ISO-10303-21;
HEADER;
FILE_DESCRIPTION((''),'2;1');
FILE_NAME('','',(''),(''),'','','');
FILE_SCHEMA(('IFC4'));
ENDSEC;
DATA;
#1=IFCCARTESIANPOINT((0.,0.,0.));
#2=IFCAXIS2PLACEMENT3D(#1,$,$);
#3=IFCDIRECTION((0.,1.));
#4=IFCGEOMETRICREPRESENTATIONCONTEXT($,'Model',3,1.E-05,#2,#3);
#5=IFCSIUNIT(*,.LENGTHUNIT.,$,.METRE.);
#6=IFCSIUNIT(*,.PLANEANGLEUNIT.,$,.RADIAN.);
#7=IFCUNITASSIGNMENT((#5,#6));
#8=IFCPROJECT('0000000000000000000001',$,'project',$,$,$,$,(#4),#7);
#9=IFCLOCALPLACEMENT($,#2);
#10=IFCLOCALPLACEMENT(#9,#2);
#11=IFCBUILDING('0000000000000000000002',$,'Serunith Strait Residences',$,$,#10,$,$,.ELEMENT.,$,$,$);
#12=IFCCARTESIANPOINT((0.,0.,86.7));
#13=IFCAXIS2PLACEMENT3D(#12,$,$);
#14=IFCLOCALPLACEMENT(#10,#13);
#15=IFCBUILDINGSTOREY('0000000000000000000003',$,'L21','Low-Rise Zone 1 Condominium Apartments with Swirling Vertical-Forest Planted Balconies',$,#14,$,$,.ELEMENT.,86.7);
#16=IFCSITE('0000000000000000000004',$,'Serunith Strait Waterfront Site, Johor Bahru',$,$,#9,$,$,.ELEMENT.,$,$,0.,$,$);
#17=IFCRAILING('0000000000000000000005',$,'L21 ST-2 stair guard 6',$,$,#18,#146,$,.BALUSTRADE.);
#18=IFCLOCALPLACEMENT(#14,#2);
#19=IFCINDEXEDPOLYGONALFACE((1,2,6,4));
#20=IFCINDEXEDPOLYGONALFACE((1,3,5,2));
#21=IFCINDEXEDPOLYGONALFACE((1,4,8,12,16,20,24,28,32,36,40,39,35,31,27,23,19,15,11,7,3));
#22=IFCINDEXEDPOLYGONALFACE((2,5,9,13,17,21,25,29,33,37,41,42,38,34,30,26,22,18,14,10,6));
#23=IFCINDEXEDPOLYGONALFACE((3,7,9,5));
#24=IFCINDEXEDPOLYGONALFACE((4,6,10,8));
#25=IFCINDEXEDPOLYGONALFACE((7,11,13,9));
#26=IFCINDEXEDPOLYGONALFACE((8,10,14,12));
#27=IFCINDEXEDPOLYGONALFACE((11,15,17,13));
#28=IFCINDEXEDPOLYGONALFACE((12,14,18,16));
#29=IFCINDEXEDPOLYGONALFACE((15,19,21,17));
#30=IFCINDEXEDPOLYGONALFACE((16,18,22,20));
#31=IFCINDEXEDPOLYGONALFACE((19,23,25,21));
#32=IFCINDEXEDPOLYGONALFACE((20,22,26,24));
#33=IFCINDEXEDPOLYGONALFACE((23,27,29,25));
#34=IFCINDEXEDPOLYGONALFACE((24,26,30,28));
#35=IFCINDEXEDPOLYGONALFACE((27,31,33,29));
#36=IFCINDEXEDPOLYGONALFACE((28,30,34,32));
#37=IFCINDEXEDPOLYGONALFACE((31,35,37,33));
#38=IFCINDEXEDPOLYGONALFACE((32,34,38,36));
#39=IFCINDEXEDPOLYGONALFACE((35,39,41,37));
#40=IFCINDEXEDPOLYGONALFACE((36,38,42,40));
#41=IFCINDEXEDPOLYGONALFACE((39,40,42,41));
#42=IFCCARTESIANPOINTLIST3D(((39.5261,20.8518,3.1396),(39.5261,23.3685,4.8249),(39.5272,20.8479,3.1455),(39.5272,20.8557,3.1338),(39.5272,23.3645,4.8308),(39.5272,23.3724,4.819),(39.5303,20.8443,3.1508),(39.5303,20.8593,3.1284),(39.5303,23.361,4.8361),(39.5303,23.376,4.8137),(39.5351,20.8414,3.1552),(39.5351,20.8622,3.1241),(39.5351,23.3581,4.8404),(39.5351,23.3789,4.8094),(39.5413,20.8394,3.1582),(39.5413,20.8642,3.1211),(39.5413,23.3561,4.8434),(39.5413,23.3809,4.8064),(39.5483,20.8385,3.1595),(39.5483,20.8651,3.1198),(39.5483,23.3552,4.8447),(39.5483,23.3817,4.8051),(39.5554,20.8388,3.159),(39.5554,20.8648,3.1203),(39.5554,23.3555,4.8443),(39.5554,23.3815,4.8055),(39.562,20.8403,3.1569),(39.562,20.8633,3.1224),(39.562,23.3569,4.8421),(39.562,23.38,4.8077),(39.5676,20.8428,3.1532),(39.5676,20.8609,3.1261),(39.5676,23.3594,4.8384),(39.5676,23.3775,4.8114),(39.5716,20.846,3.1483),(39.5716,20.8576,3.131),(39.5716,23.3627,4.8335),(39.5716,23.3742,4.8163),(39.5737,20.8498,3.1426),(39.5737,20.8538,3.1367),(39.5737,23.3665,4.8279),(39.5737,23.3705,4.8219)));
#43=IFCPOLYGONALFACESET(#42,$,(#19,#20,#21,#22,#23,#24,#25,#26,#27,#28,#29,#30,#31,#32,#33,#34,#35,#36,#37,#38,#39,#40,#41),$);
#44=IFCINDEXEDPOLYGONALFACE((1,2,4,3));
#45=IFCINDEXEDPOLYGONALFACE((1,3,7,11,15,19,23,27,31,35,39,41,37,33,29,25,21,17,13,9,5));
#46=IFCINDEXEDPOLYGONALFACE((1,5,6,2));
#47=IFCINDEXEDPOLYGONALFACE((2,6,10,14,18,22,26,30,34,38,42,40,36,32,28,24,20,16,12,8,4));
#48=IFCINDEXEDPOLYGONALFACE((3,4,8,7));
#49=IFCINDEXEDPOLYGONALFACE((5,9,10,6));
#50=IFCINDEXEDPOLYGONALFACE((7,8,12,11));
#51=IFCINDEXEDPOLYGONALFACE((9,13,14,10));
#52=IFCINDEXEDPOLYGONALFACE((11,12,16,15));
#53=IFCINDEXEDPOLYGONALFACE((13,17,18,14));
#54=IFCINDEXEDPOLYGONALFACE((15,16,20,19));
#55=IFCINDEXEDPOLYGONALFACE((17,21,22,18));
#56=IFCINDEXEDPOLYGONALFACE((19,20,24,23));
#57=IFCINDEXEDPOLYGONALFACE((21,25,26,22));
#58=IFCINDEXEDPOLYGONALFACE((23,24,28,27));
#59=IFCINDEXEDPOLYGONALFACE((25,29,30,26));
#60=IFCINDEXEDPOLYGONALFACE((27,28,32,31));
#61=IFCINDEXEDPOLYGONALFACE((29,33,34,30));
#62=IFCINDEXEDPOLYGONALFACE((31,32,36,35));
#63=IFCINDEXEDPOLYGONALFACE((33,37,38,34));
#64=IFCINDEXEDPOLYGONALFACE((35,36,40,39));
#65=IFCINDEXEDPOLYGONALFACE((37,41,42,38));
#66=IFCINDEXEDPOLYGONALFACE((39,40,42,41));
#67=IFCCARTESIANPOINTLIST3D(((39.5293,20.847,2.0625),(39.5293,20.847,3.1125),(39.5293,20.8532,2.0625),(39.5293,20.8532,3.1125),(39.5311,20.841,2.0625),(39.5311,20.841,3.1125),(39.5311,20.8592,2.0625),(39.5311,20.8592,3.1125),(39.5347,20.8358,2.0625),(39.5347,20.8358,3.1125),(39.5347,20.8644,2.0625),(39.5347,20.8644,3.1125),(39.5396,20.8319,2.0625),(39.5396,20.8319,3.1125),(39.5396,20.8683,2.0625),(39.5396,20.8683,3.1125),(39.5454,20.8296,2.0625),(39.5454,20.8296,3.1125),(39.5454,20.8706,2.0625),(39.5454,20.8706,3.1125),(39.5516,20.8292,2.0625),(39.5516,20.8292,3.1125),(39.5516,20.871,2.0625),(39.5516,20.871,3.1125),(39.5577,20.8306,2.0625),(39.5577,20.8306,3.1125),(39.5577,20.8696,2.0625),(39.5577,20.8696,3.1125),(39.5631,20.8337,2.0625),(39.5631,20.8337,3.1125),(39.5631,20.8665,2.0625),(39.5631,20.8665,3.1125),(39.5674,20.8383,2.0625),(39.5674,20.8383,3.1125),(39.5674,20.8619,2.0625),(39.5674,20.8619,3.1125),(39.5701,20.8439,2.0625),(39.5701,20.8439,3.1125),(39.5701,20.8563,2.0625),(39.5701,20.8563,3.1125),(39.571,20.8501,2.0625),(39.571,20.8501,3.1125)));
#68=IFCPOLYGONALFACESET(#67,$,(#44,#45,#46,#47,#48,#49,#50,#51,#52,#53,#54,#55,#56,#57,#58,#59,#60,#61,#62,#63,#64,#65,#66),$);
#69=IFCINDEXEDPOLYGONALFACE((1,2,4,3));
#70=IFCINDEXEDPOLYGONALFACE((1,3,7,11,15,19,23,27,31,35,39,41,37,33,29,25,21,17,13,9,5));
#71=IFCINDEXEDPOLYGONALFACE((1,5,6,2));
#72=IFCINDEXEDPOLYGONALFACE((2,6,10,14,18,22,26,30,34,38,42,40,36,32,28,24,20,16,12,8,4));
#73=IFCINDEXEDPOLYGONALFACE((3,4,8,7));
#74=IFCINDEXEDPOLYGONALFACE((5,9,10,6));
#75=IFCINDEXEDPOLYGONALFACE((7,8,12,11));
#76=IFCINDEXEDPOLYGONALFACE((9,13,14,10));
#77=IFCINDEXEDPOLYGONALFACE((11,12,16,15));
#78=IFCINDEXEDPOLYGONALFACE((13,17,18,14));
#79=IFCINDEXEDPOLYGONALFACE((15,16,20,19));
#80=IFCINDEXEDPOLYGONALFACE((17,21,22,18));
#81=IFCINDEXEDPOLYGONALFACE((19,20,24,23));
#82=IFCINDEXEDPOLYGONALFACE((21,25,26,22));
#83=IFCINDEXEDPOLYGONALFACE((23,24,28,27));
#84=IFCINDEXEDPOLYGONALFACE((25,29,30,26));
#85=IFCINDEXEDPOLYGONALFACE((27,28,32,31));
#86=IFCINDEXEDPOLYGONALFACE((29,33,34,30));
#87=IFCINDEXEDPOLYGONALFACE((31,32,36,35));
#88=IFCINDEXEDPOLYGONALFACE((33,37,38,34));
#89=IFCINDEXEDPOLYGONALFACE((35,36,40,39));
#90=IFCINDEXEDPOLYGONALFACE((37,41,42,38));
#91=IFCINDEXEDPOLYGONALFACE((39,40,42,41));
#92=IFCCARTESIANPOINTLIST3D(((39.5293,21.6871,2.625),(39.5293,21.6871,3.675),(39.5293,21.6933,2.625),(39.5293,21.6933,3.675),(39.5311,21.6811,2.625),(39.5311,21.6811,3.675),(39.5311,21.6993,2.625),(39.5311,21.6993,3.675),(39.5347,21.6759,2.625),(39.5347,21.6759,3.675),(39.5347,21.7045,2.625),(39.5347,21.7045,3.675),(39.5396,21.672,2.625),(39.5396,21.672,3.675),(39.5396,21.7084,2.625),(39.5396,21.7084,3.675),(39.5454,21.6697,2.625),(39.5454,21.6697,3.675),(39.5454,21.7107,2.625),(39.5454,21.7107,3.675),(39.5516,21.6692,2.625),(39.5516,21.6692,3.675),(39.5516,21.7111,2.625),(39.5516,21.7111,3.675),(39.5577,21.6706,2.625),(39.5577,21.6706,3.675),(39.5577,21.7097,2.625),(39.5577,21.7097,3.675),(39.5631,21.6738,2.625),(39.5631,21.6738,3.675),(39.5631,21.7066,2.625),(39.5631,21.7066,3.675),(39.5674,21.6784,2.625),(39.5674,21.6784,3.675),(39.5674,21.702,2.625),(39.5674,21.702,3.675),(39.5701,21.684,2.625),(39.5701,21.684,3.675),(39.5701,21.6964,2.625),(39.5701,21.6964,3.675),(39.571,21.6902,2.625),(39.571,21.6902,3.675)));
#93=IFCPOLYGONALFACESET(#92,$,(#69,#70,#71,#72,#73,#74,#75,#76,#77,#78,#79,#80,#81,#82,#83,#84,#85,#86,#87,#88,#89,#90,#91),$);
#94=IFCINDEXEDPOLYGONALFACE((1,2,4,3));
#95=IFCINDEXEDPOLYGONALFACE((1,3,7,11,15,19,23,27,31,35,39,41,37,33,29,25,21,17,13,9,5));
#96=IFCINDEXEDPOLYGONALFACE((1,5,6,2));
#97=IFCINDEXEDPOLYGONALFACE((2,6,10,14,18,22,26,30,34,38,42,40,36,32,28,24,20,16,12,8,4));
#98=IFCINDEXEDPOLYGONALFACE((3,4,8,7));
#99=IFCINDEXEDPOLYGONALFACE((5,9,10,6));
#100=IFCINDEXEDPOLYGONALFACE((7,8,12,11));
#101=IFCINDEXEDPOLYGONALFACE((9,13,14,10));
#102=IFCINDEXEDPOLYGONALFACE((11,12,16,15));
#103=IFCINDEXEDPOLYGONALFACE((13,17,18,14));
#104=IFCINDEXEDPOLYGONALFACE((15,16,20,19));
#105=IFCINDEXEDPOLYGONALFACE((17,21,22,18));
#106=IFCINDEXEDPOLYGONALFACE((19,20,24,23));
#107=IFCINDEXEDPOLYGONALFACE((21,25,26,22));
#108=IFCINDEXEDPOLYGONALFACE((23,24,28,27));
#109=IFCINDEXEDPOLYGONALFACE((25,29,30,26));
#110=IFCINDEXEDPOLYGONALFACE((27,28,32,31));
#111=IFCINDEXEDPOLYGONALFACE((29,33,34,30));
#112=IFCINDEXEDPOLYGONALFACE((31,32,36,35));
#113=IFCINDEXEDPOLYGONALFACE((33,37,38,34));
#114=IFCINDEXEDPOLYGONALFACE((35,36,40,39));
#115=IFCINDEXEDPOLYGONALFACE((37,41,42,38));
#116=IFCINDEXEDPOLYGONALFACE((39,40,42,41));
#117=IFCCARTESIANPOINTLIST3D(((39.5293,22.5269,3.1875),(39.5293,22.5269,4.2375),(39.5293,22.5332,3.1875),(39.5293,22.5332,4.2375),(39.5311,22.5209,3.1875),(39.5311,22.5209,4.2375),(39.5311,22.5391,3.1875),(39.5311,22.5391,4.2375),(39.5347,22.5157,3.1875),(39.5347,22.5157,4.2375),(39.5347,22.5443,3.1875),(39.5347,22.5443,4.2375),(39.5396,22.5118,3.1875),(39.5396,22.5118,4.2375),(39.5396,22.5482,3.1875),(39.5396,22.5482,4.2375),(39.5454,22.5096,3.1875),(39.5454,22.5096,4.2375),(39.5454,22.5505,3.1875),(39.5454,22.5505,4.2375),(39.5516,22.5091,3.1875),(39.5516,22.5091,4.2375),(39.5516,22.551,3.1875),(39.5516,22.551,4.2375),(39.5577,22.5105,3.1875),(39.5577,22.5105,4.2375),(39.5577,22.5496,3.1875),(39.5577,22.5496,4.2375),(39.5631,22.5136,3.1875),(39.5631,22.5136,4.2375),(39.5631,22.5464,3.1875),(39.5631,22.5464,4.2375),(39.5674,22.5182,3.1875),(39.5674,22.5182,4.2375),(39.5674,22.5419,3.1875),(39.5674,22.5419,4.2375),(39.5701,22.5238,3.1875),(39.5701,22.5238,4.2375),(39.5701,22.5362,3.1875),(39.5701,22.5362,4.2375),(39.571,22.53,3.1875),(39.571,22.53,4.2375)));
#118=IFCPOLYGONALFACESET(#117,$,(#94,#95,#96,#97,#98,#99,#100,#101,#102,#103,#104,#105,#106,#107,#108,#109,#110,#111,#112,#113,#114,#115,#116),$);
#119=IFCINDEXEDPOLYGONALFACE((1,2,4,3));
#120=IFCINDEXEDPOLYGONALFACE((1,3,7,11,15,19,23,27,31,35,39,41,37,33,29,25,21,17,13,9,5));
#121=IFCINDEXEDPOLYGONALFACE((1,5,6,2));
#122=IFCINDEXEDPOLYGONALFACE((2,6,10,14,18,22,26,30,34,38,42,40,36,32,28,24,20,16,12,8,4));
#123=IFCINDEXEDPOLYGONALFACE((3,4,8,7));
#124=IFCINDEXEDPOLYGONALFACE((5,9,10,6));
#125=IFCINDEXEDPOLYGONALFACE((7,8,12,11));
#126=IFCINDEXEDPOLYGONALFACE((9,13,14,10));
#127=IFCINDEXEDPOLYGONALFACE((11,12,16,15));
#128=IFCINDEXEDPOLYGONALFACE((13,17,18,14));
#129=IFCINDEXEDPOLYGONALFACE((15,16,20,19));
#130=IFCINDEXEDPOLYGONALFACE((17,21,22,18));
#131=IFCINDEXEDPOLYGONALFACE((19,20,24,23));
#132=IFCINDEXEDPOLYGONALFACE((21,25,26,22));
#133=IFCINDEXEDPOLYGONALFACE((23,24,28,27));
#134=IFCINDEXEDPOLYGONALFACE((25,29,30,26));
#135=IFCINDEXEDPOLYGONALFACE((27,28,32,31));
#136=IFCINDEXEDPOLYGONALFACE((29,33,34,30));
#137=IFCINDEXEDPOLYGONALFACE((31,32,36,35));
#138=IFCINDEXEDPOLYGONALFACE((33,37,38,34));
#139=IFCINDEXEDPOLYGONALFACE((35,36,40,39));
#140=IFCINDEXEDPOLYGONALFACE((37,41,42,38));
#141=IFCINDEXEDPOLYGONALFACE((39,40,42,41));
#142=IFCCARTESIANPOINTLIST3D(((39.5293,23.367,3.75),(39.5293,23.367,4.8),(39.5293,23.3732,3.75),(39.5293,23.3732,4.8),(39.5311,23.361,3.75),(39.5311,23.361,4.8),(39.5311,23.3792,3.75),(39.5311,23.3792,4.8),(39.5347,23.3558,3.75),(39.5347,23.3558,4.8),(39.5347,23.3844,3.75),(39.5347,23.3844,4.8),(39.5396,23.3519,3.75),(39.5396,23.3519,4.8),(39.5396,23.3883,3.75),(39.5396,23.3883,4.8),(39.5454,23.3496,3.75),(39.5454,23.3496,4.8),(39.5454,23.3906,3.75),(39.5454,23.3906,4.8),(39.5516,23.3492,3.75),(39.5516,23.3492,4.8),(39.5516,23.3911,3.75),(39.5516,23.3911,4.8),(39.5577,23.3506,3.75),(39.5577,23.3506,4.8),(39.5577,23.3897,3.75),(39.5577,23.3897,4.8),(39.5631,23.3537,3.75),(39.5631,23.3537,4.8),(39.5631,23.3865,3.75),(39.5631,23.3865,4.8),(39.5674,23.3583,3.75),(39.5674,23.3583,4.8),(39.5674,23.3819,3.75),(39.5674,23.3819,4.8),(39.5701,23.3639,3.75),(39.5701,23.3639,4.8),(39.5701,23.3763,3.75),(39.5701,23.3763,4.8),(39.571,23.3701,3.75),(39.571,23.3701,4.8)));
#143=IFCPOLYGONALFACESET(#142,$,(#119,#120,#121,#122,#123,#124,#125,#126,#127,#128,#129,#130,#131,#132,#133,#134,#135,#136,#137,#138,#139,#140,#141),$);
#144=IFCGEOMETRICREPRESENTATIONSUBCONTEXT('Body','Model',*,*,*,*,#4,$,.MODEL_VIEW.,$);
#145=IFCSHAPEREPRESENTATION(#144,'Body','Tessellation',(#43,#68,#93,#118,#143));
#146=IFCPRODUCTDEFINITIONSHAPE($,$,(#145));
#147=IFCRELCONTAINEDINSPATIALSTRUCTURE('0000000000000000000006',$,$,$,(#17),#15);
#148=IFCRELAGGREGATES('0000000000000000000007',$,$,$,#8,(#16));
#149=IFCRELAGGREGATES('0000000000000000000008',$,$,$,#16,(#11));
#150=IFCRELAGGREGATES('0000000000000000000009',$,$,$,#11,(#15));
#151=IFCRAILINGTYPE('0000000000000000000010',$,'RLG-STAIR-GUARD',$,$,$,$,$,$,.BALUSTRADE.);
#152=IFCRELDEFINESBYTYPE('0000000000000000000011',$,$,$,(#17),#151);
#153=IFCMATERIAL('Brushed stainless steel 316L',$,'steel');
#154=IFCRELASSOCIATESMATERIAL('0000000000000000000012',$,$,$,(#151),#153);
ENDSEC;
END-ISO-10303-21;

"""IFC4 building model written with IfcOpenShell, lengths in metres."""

from ifc_helpers import new_model, si_unit, direction, frame, origin, origin_2d, place, context, subcontext, project, spatial, circle, extrude, material, type_object, element, save


model = new_model("IFC4")

# Units and contexts
model_context = context("Model", 3, precision=1e-05, world=origin(), true_north=direction((0.0, 1.0)))
body_context = subcontext(model_context, "Body", "Model", "MODEL_VIEW")
ifc_project = project(units=[si_unit("LENGTHUNIT", "METRE"), si_unit("PLANEANGLEUNIT", "RADIAN")], contexts=[model_context])

# Site, building, storey
site_placement = place(None, origin())
site = spatial("IfcSite", under=ifc_project, at=site_placement, Name="Serunith Strait Waterfront Site, Johor Bahru", CompositionType="ELEMENT", RefElevation=0.0)
building_placement = place(site_placement, origin())
building = spatial("IfcBuilding", under=site, at=building_placement, Name="Serunith Strait Residences", CompositionType="ELEMENT")
storey_placement = place(building_placement, frame((0.0, 0.0, 86.7)))
storey = spatial("IfcBuildingStorey", under=building, at=storey_placement, Name="L21", Description="Low-Rise Zone 1 Condominium Apartments with Swirling Vertical-Forest Planted Balconies", CompositionType="ELEMENT", Elevation=86.7)

# Railing
ifc_material_1 = material(Name="Brushed stainless steel 316L", Category="steel")
railing_type_1 = type_object("IfcRailingType", Name="RLG-STAIR-GUARD", PredefinedType="BALUSTRADE", material=ifc_material_1)
railing_1_placement = place(storey_placement, frame((39.55, 20.8501, 2.0625)))
element("IfcRailing", 1, at=railing_1_placement, inside=storey, type_object=railing_type_1, Name="L21 ST-2 stair guard 6", PredefinedType="BALUSTRADE", context=body_context, shape_type="SweptSolid", body=[
    extrude(circle(Radius=0.0239, at=origin_2d()), frame((0.0, 0.0017, 1.0771), z_axis=(0.0, 0.830909, 0.556408), x_axis=(-1.0, 0.0, 0.0)), (0.0, 0.0, 1.0), 3.0288),
    extrude(circle(Radius=0.021, at=origin_2d()), origin(), (0.0, 0.0, 1.0), 1.05),
    extrude(circle(Radius=0.021, at=origin_2d()), frame((0.0, 0.8401, 0.5625)), (0.0, 0.0, 1.0), 1.05),
    extrude(circle(Radius=0.021, at=origin_2d()), frame((0.0, 1.6799, 1.125)), (0.0, 0.0, 1.0), 1.05),
    extrude(circle(Radius=0.021, at=origin_2d()), frame((0.0, 2.52, 1.6875)), (0.0, 0.0, 1.0), 1.05),
])

save(model, "model.ifc")
